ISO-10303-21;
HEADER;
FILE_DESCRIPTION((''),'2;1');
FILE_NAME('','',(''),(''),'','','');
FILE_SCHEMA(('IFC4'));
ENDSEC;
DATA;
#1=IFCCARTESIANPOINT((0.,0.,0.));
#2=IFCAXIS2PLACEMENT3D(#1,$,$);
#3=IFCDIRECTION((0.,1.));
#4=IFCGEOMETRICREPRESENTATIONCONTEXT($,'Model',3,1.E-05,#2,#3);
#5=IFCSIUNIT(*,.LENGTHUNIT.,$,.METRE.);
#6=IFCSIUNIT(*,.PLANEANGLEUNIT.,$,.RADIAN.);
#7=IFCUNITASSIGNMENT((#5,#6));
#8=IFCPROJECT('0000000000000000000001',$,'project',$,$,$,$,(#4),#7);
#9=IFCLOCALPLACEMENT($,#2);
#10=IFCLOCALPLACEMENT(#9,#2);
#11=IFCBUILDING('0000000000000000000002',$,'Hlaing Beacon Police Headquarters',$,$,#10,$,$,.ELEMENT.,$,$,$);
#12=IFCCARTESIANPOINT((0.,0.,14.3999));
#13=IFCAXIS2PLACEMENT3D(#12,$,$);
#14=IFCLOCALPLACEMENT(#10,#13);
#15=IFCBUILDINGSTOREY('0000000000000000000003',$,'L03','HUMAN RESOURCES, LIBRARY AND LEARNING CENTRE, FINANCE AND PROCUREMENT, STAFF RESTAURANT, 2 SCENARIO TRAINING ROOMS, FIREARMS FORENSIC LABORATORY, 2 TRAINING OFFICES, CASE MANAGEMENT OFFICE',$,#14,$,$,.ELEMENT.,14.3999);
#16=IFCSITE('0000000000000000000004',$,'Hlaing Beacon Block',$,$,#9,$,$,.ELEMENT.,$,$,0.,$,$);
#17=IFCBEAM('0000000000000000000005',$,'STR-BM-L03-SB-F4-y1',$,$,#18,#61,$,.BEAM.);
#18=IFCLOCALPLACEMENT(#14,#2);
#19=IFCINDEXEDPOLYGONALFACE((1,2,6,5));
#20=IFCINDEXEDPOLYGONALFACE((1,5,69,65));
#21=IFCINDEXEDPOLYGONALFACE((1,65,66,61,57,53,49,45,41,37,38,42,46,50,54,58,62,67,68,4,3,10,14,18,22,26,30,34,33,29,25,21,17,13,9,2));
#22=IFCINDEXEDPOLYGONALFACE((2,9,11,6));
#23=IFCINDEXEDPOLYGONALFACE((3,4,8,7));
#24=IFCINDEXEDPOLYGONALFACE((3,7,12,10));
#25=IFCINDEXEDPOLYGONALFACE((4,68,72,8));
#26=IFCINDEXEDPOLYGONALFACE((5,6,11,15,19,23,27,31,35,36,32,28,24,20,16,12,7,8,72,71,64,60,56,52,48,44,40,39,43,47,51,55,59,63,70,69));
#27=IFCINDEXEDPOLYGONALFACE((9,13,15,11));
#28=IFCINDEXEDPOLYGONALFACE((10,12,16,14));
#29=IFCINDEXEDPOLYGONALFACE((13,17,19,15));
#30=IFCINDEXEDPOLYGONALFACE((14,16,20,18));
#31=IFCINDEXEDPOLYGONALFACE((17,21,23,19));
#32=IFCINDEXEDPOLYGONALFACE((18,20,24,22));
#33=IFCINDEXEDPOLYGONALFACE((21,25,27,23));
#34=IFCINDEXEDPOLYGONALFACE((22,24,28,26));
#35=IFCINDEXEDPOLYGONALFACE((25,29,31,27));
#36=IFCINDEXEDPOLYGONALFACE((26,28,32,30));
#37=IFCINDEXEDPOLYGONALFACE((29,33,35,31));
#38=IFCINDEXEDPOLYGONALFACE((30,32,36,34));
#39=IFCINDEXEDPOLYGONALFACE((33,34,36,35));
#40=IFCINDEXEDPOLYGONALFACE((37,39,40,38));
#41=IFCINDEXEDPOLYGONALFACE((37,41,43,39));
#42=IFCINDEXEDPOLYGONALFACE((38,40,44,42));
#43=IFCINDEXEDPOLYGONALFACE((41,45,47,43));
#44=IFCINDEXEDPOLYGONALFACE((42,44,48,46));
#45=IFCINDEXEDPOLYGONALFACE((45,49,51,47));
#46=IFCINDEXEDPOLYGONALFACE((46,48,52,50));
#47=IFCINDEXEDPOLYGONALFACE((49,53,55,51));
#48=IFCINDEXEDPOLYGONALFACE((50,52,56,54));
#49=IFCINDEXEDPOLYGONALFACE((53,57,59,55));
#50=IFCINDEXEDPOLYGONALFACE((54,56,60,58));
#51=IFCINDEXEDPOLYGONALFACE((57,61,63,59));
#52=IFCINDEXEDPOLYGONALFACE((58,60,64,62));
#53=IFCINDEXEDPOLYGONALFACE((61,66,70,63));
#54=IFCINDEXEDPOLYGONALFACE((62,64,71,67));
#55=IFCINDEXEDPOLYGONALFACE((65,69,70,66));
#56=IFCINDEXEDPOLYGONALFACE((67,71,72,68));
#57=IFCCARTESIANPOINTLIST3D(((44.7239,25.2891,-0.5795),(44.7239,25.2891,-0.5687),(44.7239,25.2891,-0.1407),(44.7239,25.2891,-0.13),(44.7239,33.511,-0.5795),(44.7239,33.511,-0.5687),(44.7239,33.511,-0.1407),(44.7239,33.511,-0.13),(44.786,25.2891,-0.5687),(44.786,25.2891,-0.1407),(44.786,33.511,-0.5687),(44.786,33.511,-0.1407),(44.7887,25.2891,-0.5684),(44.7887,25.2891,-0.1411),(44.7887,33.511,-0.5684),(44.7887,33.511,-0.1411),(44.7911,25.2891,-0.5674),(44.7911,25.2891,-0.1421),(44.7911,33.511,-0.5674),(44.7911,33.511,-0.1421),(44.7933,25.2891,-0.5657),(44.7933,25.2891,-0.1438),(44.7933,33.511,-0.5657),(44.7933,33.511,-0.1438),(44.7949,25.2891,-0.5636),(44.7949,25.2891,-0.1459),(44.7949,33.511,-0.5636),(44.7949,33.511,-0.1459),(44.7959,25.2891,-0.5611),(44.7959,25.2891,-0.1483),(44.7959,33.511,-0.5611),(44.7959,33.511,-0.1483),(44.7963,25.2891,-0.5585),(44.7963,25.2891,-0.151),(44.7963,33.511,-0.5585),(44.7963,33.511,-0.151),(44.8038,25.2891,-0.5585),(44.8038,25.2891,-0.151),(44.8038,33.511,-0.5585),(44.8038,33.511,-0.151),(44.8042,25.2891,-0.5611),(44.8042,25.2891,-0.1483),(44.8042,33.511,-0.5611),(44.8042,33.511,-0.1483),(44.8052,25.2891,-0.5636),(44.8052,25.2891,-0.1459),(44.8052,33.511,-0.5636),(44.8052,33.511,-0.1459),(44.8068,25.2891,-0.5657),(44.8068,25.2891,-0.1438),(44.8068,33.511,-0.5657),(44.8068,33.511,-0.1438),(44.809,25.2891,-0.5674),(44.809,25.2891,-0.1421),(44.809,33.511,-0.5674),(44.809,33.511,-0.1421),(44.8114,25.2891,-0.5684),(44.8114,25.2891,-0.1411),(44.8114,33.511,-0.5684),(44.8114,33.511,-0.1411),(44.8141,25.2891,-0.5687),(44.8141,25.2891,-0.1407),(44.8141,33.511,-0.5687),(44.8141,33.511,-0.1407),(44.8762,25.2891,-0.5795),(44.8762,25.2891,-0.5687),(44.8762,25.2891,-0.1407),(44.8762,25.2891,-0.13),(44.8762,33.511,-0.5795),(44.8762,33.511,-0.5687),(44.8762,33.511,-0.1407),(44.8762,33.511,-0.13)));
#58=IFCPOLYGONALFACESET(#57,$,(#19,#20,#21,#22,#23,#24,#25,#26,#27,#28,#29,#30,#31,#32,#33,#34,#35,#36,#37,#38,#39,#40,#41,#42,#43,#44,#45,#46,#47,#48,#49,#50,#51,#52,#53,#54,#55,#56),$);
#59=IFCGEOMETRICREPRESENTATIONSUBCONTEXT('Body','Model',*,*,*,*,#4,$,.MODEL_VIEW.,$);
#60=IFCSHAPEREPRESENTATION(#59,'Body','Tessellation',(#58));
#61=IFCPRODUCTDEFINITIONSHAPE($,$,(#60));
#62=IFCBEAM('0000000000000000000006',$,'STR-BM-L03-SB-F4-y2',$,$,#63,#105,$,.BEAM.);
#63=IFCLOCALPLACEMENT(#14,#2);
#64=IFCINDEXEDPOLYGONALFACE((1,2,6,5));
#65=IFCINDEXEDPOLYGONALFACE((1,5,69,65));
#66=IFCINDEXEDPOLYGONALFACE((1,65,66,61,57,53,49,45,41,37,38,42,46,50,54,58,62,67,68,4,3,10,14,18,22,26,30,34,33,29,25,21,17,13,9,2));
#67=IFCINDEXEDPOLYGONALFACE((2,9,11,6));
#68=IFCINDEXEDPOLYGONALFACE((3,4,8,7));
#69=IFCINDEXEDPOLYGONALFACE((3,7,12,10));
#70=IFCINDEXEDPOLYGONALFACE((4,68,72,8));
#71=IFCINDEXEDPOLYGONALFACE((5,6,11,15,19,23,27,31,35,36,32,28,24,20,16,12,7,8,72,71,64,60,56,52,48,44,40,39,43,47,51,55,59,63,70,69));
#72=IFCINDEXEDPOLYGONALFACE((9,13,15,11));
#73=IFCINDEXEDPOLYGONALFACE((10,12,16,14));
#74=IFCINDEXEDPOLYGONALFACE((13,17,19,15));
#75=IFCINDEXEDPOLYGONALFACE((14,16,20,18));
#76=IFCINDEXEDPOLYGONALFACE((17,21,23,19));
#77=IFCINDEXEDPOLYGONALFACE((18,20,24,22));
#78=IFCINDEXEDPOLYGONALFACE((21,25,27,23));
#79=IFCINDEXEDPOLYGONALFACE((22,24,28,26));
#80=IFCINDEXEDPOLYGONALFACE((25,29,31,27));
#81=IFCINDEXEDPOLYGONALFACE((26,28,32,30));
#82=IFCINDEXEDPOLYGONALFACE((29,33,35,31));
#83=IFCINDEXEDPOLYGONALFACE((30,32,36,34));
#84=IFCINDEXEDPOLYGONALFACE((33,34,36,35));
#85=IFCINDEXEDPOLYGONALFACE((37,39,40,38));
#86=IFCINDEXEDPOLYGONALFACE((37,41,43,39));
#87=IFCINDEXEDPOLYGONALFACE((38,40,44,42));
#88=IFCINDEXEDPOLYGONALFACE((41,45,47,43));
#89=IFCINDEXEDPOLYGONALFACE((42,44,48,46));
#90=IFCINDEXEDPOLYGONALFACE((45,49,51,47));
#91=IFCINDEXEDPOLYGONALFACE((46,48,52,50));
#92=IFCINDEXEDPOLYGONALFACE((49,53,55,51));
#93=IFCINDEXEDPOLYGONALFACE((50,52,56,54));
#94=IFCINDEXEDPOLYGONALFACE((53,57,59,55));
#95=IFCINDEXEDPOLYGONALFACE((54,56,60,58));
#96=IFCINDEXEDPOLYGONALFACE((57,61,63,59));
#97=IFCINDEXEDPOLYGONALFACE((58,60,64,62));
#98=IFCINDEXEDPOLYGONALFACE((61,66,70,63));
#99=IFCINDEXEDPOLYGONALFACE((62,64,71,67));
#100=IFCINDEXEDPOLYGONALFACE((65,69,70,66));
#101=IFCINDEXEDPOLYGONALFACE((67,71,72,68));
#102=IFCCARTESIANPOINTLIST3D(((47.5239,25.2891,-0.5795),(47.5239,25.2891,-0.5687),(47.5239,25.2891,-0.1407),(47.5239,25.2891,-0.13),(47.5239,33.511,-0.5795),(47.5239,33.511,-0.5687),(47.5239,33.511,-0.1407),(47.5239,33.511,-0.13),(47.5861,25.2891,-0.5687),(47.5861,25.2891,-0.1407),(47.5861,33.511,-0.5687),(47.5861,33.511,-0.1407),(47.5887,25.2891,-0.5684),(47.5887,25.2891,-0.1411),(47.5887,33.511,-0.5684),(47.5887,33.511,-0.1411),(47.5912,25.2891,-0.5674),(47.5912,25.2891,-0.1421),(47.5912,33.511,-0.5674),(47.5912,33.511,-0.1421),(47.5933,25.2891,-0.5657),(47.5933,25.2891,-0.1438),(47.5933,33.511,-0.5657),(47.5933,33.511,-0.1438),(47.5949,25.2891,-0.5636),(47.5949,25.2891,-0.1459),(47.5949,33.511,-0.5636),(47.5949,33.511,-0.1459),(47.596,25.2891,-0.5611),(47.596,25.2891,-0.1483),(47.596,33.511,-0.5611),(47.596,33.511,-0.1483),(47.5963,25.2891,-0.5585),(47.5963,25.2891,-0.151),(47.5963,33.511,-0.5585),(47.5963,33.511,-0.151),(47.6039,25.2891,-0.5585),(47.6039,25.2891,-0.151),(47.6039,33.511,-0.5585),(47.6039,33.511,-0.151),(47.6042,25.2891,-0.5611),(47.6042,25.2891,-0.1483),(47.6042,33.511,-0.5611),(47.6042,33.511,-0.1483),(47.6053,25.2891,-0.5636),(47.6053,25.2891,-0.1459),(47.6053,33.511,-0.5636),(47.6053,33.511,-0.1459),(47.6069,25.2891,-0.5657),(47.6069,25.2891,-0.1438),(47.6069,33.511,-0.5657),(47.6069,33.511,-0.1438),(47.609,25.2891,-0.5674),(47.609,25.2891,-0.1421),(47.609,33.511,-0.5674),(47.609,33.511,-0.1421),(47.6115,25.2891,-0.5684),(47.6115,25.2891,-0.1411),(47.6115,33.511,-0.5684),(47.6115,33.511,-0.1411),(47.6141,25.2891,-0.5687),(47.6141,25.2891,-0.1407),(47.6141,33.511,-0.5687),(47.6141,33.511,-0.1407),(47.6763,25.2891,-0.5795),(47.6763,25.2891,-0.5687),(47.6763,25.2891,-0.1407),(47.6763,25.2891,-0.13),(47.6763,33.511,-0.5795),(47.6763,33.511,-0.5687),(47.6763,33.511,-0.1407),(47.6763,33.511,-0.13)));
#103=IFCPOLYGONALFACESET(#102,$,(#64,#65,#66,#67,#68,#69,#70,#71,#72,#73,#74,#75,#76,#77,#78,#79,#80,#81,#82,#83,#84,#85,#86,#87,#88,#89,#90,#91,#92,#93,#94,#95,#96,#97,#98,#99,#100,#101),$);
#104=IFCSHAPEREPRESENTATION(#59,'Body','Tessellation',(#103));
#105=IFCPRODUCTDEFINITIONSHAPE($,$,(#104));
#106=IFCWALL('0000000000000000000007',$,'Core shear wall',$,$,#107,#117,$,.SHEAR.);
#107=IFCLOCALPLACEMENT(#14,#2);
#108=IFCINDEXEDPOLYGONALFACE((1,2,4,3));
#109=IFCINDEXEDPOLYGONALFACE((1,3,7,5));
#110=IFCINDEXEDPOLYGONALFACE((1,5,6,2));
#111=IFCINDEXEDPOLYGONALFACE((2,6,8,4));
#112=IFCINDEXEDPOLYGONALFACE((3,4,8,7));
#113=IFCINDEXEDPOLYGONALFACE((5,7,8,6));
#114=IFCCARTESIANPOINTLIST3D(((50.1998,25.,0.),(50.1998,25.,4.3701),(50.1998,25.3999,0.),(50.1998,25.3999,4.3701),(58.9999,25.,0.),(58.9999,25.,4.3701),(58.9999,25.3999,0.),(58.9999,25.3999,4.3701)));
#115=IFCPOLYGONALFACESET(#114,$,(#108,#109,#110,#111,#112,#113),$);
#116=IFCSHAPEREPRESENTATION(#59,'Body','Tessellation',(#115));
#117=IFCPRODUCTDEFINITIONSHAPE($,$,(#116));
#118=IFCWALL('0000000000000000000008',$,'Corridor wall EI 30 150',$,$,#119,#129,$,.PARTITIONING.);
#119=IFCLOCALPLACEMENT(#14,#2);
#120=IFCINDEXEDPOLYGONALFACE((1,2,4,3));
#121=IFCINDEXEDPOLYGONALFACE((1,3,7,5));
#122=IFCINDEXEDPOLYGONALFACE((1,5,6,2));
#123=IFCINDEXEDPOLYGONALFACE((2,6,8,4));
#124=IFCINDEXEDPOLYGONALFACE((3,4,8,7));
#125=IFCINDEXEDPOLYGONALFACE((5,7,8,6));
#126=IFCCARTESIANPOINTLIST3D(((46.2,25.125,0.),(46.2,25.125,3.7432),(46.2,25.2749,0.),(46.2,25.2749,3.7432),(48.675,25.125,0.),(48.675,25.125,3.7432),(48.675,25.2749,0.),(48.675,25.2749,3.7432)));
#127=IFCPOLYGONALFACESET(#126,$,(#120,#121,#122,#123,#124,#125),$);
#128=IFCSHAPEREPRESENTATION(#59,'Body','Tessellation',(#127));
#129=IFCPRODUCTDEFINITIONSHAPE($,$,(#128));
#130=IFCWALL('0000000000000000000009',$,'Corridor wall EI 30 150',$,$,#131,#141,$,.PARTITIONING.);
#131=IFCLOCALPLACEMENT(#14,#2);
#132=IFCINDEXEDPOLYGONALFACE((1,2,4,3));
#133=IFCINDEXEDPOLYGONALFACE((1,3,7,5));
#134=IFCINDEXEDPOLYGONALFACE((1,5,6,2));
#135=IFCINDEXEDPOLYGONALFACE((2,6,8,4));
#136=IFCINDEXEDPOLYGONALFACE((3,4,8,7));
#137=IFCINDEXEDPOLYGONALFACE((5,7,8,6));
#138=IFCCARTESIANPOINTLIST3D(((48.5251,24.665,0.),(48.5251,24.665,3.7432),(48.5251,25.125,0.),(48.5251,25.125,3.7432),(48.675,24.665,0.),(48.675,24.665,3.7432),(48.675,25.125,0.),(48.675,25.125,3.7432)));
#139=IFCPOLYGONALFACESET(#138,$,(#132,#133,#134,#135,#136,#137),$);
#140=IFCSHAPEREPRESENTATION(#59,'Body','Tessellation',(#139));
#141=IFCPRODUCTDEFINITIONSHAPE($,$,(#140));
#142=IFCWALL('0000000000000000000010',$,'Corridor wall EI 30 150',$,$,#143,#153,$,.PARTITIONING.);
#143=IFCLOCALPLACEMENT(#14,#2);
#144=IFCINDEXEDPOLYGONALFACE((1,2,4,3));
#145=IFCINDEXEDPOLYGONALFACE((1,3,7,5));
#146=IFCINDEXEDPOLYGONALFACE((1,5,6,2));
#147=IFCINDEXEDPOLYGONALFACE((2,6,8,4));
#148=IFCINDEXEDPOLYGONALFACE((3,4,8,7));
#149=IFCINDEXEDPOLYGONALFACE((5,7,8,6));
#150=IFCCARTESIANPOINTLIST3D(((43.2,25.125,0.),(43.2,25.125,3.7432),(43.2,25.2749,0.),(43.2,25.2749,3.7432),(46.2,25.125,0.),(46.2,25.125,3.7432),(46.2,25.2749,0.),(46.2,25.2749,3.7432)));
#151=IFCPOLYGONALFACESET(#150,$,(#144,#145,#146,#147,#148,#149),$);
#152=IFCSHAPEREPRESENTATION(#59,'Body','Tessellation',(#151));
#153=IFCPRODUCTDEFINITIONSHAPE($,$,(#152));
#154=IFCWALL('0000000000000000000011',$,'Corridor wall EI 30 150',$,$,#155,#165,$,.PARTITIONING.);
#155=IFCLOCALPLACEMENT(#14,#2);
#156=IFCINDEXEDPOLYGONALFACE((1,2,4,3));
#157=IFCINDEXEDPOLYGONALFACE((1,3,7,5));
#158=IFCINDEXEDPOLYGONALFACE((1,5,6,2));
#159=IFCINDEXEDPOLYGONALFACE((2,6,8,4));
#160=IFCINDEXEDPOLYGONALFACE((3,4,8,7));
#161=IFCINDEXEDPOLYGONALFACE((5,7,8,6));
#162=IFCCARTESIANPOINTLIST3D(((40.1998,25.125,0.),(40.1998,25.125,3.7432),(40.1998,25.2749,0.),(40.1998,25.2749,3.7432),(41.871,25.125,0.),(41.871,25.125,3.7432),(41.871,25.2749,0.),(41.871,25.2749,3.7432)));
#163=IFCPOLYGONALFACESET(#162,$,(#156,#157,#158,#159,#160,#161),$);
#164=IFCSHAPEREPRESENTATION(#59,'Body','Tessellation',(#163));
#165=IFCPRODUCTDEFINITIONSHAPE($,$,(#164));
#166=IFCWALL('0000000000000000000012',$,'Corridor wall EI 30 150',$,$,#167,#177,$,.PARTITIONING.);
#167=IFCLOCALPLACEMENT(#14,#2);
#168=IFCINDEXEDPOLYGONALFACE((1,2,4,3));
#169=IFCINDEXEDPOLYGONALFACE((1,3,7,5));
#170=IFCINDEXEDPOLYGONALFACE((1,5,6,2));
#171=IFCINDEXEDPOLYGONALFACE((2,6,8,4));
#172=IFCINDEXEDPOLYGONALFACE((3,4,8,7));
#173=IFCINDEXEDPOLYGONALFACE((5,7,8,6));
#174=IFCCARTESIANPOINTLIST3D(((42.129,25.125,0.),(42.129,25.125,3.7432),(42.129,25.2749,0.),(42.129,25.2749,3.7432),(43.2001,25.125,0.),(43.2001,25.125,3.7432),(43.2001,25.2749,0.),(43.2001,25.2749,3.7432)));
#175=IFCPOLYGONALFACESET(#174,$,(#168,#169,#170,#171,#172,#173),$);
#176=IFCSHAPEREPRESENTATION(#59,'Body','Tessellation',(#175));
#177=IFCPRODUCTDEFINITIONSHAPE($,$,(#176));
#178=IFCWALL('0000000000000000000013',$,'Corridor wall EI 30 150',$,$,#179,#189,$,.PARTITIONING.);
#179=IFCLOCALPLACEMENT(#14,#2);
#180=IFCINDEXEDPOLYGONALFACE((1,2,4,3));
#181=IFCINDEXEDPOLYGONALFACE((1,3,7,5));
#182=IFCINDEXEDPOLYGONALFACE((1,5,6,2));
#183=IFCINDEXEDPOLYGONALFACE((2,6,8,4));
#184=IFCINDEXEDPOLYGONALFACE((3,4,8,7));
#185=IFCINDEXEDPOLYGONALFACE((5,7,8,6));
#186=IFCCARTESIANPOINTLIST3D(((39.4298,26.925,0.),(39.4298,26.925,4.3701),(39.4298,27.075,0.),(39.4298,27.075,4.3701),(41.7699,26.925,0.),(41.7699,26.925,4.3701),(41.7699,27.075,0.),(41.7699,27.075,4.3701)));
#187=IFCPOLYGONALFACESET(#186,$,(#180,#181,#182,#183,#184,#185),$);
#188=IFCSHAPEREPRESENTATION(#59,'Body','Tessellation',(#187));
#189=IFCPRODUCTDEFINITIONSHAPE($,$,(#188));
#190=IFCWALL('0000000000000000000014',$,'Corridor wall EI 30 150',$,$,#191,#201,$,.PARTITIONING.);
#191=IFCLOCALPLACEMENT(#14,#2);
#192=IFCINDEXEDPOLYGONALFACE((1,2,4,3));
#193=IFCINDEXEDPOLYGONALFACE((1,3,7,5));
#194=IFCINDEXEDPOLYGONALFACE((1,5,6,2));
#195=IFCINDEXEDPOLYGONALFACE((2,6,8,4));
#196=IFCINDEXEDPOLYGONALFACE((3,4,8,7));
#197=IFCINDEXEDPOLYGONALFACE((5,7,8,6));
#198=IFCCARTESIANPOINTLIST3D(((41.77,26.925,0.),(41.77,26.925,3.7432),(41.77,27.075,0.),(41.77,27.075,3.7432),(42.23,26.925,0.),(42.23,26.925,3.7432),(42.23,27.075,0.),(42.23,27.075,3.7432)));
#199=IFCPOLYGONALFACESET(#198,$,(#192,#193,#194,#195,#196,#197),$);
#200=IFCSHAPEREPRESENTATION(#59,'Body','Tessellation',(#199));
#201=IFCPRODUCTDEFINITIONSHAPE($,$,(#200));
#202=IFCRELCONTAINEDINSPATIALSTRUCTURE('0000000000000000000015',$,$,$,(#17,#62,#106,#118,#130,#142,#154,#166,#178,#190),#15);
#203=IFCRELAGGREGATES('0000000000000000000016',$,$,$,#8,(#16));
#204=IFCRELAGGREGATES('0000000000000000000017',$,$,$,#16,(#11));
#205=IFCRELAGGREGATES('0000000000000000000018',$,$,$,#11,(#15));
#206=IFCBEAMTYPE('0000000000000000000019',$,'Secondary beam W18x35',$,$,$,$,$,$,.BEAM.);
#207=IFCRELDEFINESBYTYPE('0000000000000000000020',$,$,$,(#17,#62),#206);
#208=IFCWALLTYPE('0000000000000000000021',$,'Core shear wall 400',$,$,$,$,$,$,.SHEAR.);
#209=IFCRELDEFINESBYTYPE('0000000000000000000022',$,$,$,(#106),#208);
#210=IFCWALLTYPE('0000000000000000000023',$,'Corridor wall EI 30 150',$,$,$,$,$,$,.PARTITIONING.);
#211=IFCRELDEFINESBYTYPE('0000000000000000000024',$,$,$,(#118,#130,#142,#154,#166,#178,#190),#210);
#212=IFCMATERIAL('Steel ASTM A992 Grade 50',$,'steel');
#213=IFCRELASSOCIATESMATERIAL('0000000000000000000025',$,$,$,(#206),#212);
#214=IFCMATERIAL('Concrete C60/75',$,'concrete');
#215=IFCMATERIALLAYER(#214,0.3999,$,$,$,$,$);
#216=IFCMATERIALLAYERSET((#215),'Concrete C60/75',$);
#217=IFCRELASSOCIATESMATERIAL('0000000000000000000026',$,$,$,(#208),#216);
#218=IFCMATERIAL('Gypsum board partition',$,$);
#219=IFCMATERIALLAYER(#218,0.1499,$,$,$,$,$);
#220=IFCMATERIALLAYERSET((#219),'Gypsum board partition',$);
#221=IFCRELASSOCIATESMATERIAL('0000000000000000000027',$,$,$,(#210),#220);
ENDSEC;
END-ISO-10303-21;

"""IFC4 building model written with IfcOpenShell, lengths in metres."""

from ifc_helpers import new_model, si_unit, direction, frame, frame_2d, origin, origin_2d, place, context, subcontext, project, spatial, rectangle, i_section, extrude, material, layer, layer_set, material_profile, profile_set, type_object, element, save


model = new_model("IFC4")

# Units and contexts
model_context = context("Model", 3, precision=1e-05, world=origin(), true_north=direction((0.0, 1.0)))
body_context = subcontext(model_context, "Body", "Model", "MODEL_VIEW")
ifc_project = project(units=[si_unit("LENGTHUNIT", "METRE"), si_unit("PLANEANGLEUNIT", "RADIAN")], contexts=[model_context])

# Site, building, storey
site_placement = place(None, origin())
site = spatial("IfcSite", under=ifc_project, at=site_placement, Name="Hlaing Beacon Block", CompositionType="ELEMENT", RefElevation=0.0)
building_placement = place(site_placement, origin())
building = spatial("IfcBuilding", under=site, at=building_placement, Name="Hlaing Beacon Police Headquarters", CompositionType="ELEMENT")
storey_placement = place(building_placement, frame((0.0, 0.0, 14.3999)))
storey = spatial("IfcBuildingStorey", under=building, at=storey_placement, Name="L03", Description="HUMAN RESOURCES, LIBRARY AND LEARNING CENTRE, FINANCE AND PROCUREMENT, STAFF RESTAURANT, 2 SCENARIO TRAINING ROOMS, FIREARMS FORENSIC LABORATORY, 2 TRAINING OFFICES, CASE MANAGEMENT OFFICE", CompositionType="ELEMENT", Elevation=14.3999)

# Beams
ifc_material_1 = material(Name="Steel ASTM A992 Grade 50", Category="steel")
ifc_material_profile_1 = material_profile(ifc_material_1, i_section(OverallWidth=0.1523, OverallDepth=0.4495, WebThickness=0.0076, FlangeThickness=0.0107, FilletRadius=0.0103, at=origin_2d()), Name="W18x35")
ifc_profile_set_1 = profile_set([ifc_material_profile_1], Name="Steel ASTM A992 Grade 50")
beam_type_1 = type_object("IfcBeamType", Name="Secondary beam W18x35", PredefinedType="BEAM", material=ifc_profile_set_1)
for number, where, z_axis, x_axis, name in (
    (1, (44.8, 25.2891, -0.3547), (0.0, 1.0, 0.0), (-1.0, 0.0, 0.0), "STR-BM-L03-SB-F4-y1"),
    (2, (47.6001, 25.2891, -0.3547), (0.0, 1.0, 0.0), (-1.0, 0.0, 0.0), "STR-BM-L03-SB-F4-y2"),
):
    element("IfcBeam", number, at=place(storey_placement, frame(where, z_axis=z_axis, x_axis=x_axis)), inside=storey, type_object=beam_type_1, Name=name, PredefinedType="BEAM", context=body_context, shape_type="SweptSolid", body=[
        extrude(i_section(OverallWidth=0.1523, OverallDepth=0.4495, WebThickness=0.0076, FlangeThickness=0.0107, FilletRadius=0.0103, at=origin_2d()), origin(), (0.0, 0.0, 1.0), 8.2219),
    ])

# Walls
ifc_material_2 = material(Name="Concrete C60/75", Category="concrete")
ifc_layer_1 = layer(ifc_material_2, 0.3999)
ifc_layer_set_1 = layer_set([ifc_layer_1], Name="Concrete C60/75")
wall_type_1 = type_object("IfcWallType", Name="Core shear wall 400", PredefinedType="SHEAR", material=ifc_layer_set_1)
wall_1_placement = place(storey_placement, frame((50.2, 25.2, 0.0), z_axis=(0.0, 0.0, 1.0), x_axis=(1.0, 0.0, 0.0)))
element("IfcWall", 3, at=wall_1_placement, inside=storey, type_object=wall_type_1, Name="Core shear wall", PredefinedType="SHEAR", context=body_context, shape_type="SweptSolid", body=[
    extrude(rectangle(XDim=8.8, YDim=0.3999, at=frame_2d((4.3999, 0.0))), origin(), (0.0, 0.0, 1.0), 4.3701),
])
ifc_material_3 = material(Name="Gypsum board partition")
ifc_layer_2 = layer(ifc_material_3, 0.1499)
ifc_layer_set_2 = layer_set([ifc_layer_2], Name="Gypsum board partition")
wall_type_2 = type_object("IfcWallType", Name="Corridor wall EI 30 150", PredefinedType="PARTITIONING", material=ifc_layer_set_2)
wall_2_placement = place(storey_placement, frame((46.2, 25.2, 0.0), z_axis=(0.0, 0.0, 1.0), x_axis=(1.0, 0.0, 0.0)))
element("IfcWall", 4, at=wall_2_placement, inside=storey, type_object=wall_type_2, Name="Corridor wall EI 30 150", PredefinedType="PARTITIONING", context=body_context, shape_type="SweptSolid", body=[
    extrude(rectangle(XDim=2.4751, YDim=0.1499, at=frame_2d((1.2375, 0.0))), origin(), (0.0, 0.0, 1.0), 3.7432),
])
wall_3_placement = place(storey_placement, frame((48.6001, 24.665, 0.0), z_axis=(0.0, 0.0, 1.0), x_axis=(0.0, 1.0, 0.0)))
element("IfcWall", 5, at=wall_3_placement, inside=storey, type_object=wall_type_2, Name="Corridor wall EI 30 150", PredefinedType="PARTITIONING", context=body_context, shape_type="SweptSolid", body=[
    extrude(rectangle(XDim=0.46, YDim=0.1499, at=frame_2d((0.23, 0.0))), origin(), (0.0, 0.0, 1.0), 3.7432),
])
wall_4_placement = place(storey_placement, frame((43.2, 25.2, 0.0), z_axis=(0.0, 0.0, 1.0), x_axis=(1.0, 0.0, 0.0)))
element("IfcWall", 6, at=wall_4_placement, inside=storey, type_object=wall_type_2, Name="Corridor wall EI 30 150", PredefinedType="PARTITIONING", context=body_context, shape_type="SweptSolid", body=[
    extrude(rectangle(XDim=3.0, YDim=0.1499, at=frame_2d((1.5, 0.0))), origin(), (0.0, 0.0, 1.0), 3.7432),
])
wall_5_placement = place(storey_placement, frame((40.2, 25.2, 0.0), z_axis=(0.0, 0.0, 1.0), x_axis=(1.0, 0.0, 0.0)))
element("IfcWall", 7, at=wall_5_placement, inside=storey, type_object=wall_type_2, Name="Corridor wall EI 30 150", PredefinedType="PARTITIONING", context=body_context, shape_type="SweptSolid", body=[
    extrude(rectangle(XDim=1.6711, YDim=0.1499, at=frame_2d((0.8354, 0.0))), origin(), (0.0, 0.0, 1.0), 3.7432),
])
wall_6_placement = place(storey_placement, frame((42.1289, 25.2, 0.0), z_axis=(0.0, 0.0, 1.0), x_axis=(1.0, 0.0, 0.0)))
element("IfcWall", 8, at=wall_6_placement, inside=storey, type_object=wall_type_2, Name="Corridor wall EI 30 150", PredefinedType="PARTITIONING", context=body_context, shape_type="SweptSolid", body=[
    extrude(rectangle(XDim=1.071, YDim=0.1499, at=frame_2d((0.5356, 0.0))), origin(), (0.0, 0.0, 1.0), 3.7432),
])
wall_7_placement = place(storey_placement, frame((39.4299, 27.0, 0.0), z_axis=(0.0, 0.0, 1.0), x_axis=(1.0, 0.0, 0.0)))
element("IfcWall", 9, at=wall_7_placement, inside=storey, type_object=wall_type_2, Name="Corridor wall EI 30 150", PredefinedType="PARTITIONING", context=body_context, shape_type="SweptSolid", body=[
    extrude(rectangle(XDim=2.3401, YDim=0.1499, at=frame_2d((1.1699, 0.0))), origin(), (0.0, 0.0, 1.0), 4.3701),
])
wall_8_placement = place(storey_placement, frame((41.77, 27.0, 0.0), z_axis=(0.0, 0.0, 1.0), x_axis=(1.0, 0.0, 0.0)))
element("IfcWall", 10, at=wall_8_placement, inside=storey, type_object=wall_type_2, Name="Corridor wall EI 30 150", PredefinedType="PARTITIONING", context=body_context, shape_type="SweptSolid", body=[
    extrude(rectangle(XDim=0.46, YDim=0.1499, at=frame_2d((0.23, 0.0))), origin(), (0.0, 0.0, 1.0), 3.7432),
])

save(model, "model.ifc")
